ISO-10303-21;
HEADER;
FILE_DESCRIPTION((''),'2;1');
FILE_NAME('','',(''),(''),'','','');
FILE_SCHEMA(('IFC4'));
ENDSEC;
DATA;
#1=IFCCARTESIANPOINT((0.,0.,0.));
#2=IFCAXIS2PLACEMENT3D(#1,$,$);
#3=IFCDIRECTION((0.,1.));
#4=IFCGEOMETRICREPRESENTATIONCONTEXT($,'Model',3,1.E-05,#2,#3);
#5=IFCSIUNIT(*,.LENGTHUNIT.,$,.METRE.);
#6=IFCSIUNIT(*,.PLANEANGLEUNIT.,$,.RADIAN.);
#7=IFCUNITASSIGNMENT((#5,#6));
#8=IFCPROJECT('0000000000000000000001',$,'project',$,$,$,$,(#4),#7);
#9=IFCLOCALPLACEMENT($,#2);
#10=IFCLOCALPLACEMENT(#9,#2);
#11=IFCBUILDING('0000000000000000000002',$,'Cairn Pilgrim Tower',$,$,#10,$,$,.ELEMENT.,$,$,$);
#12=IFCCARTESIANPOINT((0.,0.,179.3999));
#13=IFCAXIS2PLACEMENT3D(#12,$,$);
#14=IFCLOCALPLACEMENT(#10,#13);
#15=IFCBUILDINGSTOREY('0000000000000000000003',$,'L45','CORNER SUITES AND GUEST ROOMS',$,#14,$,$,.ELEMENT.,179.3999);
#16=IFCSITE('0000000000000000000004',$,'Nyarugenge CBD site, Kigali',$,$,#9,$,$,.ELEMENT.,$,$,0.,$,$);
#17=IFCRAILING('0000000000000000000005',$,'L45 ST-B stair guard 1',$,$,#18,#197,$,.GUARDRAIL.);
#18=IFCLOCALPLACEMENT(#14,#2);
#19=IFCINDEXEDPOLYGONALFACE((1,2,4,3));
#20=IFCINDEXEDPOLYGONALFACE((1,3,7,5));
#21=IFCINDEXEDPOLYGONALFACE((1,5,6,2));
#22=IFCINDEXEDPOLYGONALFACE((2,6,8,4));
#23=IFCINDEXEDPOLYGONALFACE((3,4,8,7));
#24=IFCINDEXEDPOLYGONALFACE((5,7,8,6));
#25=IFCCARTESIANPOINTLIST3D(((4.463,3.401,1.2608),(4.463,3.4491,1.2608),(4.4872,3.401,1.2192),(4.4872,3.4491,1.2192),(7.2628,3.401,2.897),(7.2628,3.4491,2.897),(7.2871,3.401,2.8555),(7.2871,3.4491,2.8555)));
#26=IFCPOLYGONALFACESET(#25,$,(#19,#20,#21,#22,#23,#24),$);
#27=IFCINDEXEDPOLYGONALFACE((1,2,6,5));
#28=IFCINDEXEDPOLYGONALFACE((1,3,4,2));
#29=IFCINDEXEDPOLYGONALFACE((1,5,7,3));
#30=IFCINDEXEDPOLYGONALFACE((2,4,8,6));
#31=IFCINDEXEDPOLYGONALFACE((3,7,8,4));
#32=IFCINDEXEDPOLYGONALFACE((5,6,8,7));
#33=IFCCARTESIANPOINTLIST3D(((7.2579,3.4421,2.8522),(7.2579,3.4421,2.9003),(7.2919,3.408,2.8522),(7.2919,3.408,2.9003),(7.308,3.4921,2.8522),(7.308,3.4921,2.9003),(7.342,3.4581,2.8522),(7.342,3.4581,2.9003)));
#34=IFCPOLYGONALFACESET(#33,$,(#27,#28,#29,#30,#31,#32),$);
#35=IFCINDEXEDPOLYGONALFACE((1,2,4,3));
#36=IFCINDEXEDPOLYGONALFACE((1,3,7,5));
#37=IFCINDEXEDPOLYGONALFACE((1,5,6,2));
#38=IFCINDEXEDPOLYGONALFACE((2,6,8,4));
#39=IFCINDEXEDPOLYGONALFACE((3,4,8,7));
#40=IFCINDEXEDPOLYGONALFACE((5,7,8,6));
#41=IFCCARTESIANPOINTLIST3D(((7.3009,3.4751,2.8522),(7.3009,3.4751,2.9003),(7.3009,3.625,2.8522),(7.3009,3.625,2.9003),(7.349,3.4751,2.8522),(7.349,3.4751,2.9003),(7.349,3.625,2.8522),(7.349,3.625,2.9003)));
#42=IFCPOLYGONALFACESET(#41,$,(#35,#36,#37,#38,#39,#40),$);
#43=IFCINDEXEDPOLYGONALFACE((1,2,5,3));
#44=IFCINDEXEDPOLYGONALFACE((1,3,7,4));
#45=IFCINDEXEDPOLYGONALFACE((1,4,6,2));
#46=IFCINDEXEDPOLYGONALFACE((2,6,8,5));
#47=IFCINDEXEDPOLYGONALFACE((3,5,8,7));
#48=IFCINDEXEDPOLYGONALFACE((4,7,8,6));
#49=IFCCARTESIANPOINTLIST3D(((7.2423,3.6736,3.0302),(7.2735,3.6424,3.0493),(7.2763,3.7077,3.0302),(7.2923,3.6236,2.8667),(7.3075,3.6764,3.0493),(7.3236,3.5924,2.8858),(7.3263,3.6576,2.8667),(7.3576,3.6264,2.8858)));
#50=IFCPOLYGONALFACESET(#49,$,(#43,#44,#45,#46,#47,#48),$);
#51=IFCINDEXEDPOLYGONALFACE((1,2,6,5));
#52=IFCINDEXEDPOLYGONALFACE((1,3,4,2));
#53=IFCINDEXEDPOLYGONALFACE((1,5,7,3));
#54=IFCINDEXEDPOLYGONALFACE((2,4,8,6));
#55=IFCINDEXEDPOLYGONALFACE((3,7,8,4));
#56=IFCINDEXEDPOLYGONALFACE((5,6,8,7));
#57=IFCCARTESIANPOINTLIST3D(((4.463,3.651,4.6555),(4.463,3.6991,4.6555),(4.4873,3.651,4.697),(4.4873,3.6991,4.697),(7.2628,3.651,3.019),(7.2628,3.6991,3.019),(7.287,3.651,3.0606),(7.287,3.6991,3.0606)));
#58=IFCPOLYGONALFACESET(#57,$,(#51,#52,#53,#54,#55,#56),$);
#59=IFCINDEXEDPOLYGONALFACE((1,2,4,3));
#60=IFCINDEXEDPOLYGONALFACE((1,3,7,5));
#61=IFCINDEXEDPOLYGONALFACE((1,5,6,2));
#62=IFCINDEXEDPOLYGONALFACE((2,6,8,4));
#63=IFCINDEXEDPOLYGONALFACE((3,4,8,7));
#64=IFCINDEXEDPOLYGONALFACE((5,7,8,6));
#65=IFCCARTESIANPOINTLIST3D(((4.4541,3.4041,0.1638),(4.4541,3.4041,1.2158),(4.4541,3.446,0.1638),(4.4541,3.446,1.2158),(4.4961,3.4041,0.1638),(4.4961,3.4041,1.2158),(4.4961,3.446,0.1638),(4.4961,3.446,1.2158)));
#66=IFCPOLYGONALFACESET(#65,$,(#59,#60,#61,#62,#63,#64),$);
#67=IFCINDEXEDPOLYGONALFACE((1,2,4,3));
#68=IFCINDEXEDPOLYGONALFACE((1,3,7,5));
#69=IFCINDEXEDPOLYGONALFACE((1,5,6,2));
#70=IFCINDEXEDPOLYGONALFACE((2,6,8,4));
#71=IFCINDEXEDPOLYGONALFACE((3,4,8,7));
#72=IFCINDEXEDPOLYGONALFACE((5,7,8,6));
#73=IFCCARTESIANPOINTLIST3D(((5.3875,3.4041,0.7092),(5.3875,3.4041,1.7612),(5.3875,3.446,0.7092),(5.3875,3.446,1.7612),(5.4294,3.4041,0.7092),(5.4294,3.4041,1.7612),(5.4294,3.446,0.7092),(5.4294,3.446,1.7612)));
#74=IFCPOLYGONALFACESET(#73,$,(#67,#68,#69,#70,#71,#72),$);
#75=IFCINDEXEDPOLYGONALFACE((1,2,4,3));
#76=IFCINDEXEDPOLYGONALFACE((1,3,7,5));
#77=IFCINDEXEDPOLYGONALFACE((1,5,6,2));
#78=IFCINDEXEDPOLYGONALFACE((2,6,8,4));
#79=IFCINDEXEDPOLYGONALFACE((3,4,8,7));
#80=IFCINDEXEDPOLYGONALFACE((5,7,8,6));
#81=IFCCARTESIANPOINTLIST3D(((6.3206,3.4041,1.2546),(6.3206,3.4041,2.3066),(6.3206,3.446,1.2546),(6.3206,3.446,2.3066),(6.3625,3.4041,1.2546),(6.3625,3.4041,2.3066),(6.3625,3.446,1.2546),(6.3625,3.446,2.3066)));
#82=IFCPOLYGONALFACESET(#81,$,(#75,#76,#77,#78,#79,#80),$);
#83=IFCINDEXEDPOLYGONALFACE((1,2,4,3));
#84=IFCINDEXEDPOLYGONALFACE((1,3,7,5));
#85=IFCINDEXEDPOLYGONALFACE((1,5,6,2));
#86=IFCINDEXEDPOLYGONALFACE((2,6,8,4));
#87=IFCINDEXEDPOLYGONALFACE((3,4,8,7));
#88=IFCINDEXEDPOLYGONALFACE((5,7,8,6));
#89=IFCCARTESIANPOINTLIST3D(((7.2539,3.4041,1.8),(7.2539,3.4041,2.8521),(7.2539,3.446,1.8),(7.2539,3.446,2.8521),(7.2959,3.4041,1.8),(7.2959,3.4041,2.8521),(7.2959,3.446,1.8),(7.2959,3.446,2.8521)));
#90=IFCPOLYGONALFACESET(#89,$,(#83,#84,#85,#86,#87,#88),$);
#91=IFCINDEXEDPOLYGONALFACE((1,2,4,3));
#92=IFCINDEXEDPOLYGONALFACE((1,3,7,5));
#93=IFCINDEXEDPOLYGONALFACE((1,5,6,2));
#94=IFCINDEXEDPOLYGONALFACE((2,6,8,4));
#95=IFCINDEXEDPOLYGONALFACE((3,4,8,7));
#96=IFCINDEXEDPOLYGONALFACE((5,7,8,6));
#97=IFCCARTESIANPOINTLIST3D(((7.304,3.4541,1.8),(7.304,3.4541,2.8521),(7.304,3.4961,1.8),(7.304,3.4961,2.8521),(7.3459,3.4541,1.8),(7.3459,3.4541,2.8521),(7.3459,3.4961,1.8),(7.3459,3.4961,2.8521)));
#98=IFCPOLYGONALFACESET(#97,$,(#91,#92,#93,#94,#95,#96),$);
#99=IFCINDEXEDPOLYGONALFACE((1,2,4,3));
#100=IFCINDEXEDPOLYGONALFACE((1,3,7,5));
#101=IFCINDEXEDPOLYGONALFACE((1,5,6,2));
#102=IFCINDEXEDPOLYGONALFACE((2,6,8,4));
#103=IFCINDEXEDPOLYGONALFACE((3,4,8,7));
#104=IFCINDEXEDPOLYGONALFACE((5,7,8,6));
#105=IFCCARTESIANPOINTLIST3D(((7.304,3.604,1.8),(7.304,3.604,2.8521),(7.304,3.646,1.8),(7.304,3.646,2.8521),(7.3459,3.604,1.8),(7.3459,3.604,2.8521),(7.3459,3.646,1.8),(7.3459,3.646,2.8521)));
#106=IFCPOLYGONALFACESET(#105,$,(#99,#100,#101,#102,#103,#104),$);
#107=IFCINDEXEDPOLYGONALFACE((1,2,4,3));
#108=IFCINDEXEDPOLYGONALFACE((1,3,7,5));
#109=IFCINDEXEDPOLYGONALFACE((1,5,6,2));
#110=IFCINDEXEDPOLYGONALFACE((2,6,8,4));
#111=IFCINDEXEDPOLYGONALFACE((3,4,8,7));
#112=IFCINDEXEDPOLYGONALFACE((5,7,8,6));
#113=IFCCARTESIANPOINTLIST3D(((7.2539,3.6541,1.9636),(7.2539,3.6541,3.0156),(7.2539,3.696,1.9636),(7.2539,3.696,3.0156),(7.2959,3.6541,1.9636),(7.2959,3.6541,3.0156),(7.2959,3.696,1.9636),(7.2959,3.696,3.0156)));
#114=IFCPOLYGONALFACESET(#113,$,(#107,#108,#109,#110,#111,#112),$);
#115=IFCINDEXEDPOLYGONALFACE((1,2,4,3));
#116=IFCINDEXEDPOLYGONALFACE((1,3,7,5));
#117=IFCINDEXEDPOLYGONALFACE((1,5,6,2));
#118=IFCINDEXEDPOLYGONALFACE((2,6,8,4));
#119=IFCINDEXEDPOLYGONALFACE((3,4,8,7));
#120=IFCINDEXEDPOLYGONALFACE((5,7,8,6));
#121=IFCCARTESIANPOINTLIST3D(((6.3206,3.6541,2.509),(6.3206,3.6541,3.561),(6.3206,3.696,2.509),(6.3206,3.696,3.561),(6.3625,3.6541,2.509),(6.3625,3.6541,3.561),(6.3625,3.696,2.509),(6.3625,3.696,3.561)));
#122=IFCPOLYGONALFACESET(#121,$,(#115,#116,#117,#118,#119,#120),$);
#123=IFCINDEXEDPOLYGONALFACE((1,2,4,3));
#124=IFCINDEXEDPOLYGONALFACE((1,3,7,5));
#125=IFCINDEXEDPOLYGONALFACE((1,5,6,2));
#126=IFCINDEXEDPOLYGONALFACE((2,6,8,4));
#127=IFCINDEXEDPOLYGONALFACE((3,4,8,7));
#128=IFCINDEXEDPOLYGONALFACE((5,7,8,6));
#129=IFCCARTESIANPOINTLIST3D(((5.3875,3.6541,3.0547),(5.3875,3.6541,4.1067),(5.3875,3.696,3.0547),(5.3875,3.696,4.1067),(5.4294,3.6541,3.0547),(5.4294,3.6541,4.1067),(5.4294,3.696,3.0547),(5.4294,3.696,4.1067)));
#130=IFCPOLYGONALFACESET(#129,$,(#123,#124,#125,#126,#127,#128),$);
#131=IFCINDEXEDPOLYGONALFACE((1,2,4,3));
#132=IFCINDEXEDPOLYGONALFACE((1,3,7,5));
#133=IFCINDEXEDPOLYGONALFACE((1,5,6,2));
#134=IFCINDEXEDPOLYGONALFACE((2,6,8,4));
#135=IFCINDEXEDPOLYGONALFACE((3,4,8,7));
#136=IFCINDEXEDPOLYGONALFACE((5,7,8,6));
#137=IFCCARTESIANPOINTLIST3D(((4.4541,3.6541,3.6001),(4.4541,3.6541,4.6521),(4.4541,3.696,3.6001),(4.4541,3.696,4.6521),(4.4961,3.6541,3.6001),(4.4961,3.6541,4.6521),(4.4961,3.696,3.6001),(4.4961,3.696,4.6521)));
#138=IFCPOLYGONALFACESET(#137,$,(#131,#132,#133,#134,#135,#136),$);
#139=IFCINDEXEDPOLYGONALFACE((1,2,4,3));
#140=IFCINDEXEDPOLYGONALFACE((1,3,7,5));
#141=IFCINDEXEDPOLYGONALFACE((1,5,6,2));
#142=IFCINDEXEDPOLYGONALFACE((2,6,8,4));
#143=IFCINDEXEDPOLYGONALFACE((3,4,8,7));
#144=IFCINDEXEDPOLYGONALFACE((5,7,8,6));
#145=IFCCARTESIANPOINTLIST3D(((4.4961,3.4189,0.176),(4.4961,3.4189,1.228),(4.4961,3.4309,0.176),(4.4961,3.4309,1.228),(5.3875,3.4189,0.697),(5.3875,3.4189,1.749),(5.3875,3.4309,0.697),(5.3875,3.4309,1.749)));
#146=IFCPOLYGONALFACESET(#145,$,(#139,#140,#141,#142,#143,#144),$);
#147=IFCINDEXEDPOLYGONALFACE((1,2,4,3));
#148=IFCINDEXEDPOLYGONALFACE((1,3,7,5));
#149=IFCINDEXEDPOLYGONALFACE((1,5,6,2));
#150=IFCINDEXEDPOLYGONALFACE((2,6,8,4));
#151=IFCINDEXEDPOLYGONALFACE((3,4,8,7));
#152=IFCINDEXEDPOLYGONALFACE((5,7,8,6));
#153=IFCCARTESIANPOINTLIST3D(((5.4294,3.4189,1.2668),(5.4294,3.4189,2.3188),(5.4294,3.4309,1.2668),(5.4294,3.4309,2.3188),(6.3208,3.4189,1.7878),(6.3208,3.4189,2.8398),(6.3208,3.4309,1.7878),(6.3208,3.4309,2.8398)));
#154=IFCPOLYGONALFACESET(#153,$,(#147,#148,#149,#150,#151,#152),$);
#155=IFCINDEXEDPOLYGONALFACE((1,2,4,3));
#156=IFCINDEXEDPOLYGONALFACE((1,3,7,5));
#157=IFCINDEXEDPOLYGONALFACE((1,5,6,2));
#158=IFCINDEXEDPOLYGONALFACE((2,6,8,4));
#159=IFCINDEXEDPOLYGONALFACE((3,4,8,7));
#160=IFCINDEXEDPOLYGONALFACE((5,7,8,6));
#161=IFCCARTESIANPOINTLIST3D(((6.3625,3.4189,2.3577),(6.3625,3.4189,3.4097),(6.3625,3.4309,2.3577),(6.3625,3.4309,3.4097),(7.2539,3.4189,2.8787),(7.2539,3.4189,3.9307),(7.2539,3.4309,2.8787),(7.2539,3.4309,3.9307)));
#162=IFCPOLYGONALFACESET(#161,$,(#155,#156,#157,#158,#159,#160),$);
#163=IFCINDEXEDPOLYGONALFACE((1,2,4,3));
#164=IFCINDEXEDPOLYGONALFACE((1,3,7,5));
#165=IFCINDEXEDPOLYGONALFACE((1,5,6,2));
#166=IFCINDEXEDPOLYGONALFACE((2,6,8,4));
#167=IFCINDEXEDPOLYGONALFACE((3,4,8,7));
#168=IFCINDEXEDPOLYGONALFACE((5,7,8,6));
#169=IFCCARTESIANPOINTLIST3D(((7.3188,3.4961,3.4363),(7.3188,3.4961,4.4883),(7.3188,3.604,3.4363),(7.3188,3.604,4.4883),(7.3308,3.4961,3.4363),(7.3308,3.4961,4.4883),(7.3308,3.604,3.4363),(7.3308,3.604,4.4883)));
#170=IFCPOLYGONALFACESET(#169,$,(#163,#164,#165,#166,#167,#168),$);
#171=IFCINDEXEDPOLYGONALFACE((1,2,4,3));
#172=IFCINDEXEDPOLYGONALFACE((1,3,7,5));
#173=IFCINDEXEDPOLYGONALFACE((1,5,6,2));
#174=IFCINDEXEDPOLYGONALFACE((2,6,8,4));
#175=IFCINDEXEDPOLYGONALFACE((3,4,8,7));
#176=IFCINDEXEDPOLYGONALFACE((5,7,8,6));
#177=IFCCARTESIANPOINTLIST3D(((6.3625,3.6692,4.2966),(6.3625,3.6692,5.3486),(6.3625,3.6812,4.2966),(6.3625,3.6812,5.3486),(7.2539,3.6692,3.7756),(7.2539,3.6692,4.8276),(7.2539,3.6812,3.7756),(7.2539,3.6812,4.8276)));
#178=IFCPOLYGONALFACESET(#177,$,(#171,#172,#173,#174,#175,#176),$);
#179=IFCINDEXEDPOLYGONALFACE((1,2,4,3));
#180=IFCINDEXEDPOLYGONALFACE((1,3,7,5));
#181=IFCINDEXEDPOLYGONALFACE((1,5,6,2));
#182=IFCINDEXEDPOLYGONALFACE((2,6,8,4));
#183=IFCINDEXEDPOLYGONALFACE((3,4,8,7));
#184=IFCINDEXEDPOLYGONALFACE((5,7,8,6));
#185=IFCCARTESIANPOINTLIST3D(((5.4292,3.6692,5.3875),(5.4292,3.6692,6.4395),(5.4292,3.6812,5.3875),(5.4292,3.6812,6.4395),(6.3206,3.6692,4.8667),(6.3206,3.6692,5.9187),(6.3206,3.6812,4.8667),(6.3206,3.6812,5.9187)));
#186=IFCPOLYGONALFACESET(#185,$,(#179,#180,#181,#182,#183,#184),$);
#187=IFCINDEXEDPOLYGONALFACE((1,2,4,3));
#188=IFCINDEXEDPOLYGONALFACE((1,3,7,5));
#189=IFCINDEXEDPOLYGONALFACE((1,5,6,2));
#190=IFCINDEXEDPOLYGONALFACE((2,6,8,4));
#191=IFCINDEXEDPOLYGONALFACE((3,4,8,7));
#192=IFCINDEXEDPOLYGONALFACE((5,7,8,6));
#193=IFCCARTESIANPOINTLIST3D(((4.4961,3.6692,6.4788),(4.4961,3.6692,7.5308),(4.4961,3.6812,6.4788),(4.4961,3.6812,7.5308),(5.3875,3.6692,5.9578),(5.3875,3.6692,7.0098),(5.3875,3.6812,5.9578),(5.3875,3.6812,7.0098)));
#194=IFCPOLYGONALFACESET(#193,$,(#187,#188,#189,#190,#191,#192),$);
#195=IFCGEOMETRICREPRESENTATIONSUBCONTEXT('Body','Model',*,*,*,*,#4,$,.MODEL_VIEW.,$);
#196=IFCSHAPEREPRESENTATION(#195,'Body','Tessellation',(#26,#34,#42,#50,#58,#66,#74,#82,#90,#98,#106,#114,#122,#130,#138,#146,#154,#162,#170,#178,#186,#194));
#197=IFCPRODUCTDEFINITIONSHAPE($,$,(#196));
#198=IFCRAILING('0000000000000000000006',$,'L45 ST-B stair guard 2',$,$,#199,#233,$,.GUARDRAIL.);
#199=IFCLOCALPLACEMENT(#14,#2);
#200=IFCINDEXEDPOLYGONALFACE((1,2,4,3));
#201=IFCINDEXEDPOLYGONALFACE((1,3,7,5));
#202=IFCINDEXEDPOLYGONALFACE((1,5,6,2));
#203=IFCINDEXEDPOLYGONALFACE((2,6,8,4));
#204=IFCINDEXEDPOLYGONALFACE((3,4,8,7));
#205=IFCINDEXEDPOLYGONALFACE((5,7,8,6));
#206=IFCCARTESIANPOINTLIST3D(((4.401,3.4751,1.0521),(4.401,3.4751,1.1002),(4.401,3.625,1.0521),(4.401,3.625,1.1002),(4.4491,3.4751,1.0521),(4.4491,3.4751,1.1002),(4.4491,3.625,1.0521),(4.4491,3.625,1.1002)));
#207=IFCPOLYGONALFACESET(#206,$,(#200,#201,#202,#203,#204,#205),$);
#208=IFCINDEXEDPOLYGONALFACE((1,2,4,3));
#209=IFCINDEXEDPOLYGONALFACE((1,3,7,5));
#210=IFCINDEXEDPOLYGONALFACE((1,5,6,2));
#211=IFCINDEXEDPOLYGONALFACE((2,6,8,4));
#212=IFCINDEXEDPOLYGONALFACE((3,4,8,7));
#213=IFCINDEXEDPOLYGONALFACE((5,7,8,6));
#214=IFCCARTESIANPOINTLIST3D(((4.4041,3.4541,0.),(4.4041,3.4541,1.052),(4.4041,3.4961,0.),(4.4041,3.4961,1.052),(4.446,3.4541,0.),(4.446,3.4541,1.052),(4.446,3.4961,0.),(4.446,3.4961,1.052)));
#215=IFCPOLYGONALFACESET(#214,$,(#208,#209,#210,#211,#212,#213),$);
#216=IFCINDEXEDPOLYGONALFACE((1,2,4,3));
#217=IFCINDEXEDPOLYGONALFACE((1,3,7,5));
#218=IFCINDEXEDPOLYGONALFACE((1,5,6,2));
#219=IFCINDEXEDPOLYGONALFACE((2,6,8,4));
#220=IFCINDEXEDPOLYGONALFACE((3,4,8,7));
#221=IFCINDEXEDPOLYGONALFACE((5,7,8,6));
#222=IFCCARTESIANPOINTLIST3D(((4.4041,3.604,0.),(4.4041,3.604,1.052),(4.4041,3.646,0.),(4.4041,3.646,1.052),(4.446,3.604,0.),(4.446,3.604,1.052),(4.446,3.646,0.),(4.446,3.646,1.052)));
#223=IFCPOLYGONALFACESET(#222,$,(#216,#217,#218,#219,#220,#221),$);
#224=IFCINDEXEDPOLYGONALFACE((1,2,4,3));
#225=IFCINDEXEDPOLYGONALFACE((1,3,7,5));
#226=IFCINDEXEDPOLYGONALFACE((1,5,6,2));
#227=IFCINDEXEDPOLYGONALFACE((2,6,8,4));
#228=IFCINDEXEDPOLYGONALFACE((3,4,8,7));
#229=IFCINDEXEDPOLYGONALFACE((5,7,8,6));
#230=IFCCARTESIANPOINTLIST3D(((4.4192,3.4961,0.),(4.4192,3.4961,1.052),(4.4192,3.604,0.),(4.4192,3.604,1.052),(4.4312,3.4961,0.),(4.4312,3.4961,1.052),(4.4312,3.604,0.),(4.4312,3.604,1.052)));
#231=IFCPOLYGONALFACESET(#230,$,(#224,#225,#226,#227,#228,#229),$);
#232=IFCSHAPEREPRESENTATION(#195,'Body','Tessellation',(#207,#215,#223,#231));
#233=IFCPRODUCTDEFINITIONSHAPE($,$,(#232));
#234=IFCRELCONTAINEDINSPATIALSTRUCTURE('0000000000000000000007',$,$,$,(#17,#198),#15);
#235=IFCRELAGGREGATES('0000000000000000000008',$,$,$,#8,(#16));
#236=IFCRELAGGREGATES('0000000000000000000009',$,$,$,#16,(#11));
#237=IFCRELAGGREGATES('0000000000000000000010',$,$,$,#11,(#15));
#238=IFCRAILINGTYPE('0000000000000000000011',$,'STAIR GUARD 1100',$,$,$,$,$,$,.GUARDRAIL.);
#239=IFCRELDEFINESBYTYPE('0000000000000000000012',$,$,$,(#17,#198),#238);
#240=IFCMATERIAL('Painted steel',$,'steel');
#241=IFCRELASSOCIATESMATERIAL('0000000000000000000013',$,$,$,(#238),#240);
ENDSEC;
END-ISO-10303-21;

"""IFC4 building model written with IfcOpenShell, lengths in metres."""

from ifc_helpers import new_model, si_unit, direction, frame, origin, origin_2d, place, context, subcontext, project, spatial, polyline, rectangle, outline, extrude, material, type_object, element, save


model = new_model("IFC4")

# Units and contexts
model_context = context("Model", 3, precision=1e-05, world=origin(), true_north=direction((0.0, 1.0)))
body_context = subcontext(model_context, "Body", "Model", "MODEL_VIEW")
ifc_project = project(units=[si_unit("LENGTHUNIT", "METRE"), si_unit("PLANEANGLEUNIT", "RADIAN")], contexts=[model_context])

# Site, building, storey
site_placement = place(None, origin())
site = spatial("IfcSite", under=ifc_project, at=site_placement, Name="Nyarugenge CBD site, Kigali", CompositionType="ELEMENT", RefElevation=0.0)
building_placement = place(site_placement, origin())
building = spatial("IfcBuilding", under=site, at=building_placement, Name="Cairn Pilgrim Tower", CompositionType="ELEMENT")
storey_placement = place(building_placement, frame((0.0, 0.0, 179.3999)))
storey = spatial("IfcBuildingStorey", under=building, at=storey_placement, Name="L45", Description="CORNER SUITES AND GUEST ROOMS", CompositionType="ELEMENT", Elevation=179.3999)

# Shared definitions
ifc_material_1 = material(Name="Painted steel", Category="steel")

# Railings
railing_type = type_object("IfcRailingType", Name="STAIR GUARD 1100", PredefinedType="GUARDRAIL", material=ifc_material_1)
railing_1_placement = place(storey_placement, frame((4.4751, 3.425, 0.1638)))
element("IfcRailing", 1, at=railing_1_placement, inside=storey, type_object=railing_type, Name="L45 ST-B stair guard 1", PredefinedType="GUARDRAIL", context=body_context, shape_type="SweptSolid", body=[
    extrude(rectangle(XDim=0.0481, YDim=0.0481, at=origin_2d()), frame((0.0, 0.0, 1.0762), z_axis=(0.863374, 0.0, 0.504564), x_axis=(0.0, 1.0, 0.0)), (0.0, 0.0, 1.0), 3.2429),
    extrude(rectangle(XDim=0.0481, YDim=0.0481, at=origin_2d()), frame((2.7998, 0.0, 2.7124), z_axis=(0.707107, 0.707107, 0.0), x_axis=(-0.707107, 0.707107, 0.0)), (0.0, 0.0, 1.0), 0.0708),
    extrude(rectangle(XDim=0.0481, YDim=0.0481, at=origin_2d()), frame((2.8499, 0.05, 2.7124), z_axis=(0.0, 1.0, 0.0), x_axis=(-1.0, 0.0, 0.0)), (0.0, 0.0, 1.0), 0.1499),
    extrude(rectangle(XDim=0.0481, YDim=0.0481, at=origin_2d()), frame((2.8499, 0.2, 2.7124), z_axis=(-0.280809, 0.280809, 0.917765), x_axis=(-0.707107, -0.707107, 0.0)), (0.0, 0.0, 1.0), 0.1782),
    extrude(rectangle(XDim=0.0481, YDim=0.0481, at=origin_2d()), frame((2.7998, 0.25, 2.876), z_axis=(-0.863342, 0.0, 0.50462), x_axis=(0.0, -1.0, 0.0)), (0.0, 0.0, 1.0), 3.2429),
    extrude(rectangle(XDim=0.042, YDim=0.042, at=origin_2d()), origin(), (0.0, 0.0, 1.0), 1.052),
    extrude(rectangle(XDim=0.042, YDim=0.042, at=origin_2d()), frame((0.9333, 0.0, 0.5454)), (0.0, 0.0, 1.0), 1.052),
    extrude(rectangle(XDim=0.042, YDim=0.042, at=origin_2d()), frame((1.8665, 0.0, 1.0908)), (0.0, 0.0, 1.0), 1.052),
    extrude(rectangle(XDim=0.042, YDim=0.042, at=origin_2d()), frame((2.7998, 0.0, 1.6362)), (0.0, 0.0, 1.0), 1.052),
    extrude(rectangle(XDim=0.042, YDim=0.042, at=origin_2d()), frame((2.8499, 0.05, 1.6362)), (0.0, 0.0, 1.0), 1.052),
    extrude(rectangle(XDim=0.042, YDim=0.042, at=origin_2d()), frame((2.8499, 0.2, 1.6362)), (0.0, 0.0, 1.0), 1.052),
    extrude(rectangle(XDim=0.042, YDim=0.042, at=origin_2d()), frame((2.7998, 0.25, 1.7998)), (0.0, 0.0, 1.0), 1.052),
    extrude(rectangle(XDim=0.042, YDim=0.042, at=origin_2d()), frame((1.8665, 0.25, 2.3452)), (0.0, 0.0, 1.0), 1.052),
    extrude(rectangle(XDim=0.042, YDim=0.042, at=origin_2d()), frame((0.9333, 0.25, 2.8909)), (0.0, 0.0, 1.0), 1.052),
    extrude(rectangle(XDim=0.042, YDim=0.042, at=origin_2d()), frame((0.0, 0.25, 3.4363)), (0.0, 0.0, 1.0), 1.052),
    extrude(outline(polyline([(0.021, 0.0122), (0.9124, 0.5332), (0.9124, 1.5852), (0.021, 1.0642), (0.021, 0.0122)])), frame((0.0, 0.0059, 0.0), z_axis=(0.0, -1.0, 0.0), x_axis=(1.0, 0.0, 0.0)), (0.0, 0.0, 1.0), 0.012),
    extrude(outline(polyline([(0.021, 0.5576), (0.9124, 1.0786), (0.9124, 2.1306), (0.021, 1.6096), (0.021, 0.5576)])), frame((0.9333, 0.0059, 0.5454), z_axis=(0.0, -1.0, 0.0), x_axis=(1.0, 0.0, 0.0)), (0.0, 0.0, 1.0), 0.012),
    extrude(outline(polyline([(0.021, 1.103), (0.9124, 1.624), (0.9124, 2.676), (0.021, 2.155), (0.021, 1.103)])), frame((1.8665, 0.0059, 1.0908), z_axis=(0.0, -1.0, 0.0), x_axis=(1.0, 0.0, 0.0)), (0.0, 0.0, 1.0), 0.012),
    extrude(outline(polyline([(0.021, 1.6362), (0.1289, 1.6362), (0.1289, 2.6882), (0.021, 2.6882), (0.021, 1.6362)])), frame((2.8438, 0.05, 1.6362), z_axis=(1.0, 0.0, 0.0), x_axis=(0.0, 1.0, 0.0)), (0.0, 0.0, 1.0), 0.012),
    extrude(outline(polyline([(0.021, 1.812), (0.9124, 2.333), (0.9124, 3.385), (0.021, 2.864), (0.021, 1.812)])), frame((2.7998, 0.2441, 1.7998), z_axis=(0.0, 1.0, 0.0), x_axis=(-1.0, 0.0, 0.0)), (0.0, 0.0, 1.0), 0.012),
    extrude(outline(polyline([(0.021, 2.3577), (0.9124, 2.8784), (0.9124, 3.9304), (0.021, 3.4097), (0.021, 2.3577)])), frame((1.8665, 0.2441, 2.3452), z_axis=(0.0, 1.0, 0.0), x_axis=(-1.0, 0.0, 0.0)), (0.0, 0.0, 1.0), 0.012),
    extrude(outline(polyline([(0.021, 2.9031), (0.9124, 3.4241), (0.9124, 4.4761), (0.021, 3.9551), (0.021, 2.9031)])), frame((0.9333, 0.2441, 2.8909), z_axis=(0.0, 1.0, 0.0), x_axis=(-1.0, 0.0, 0.0)), (0.0, 0.0, 1.0), 0.012),
])
railing_2_placement = place(storey_placement, frame((4.425, 3.4751, 0.0)))
element("IfcRailing", 2, at=railing_2_placement, inside=storey, type_object=railing_type, Name="L45 ST-B stair guard 2", PredefinedType="GUARDRAIL", context=body_context, shape_type="SweptSolid", body=[
    extrude(rectangle(XDim=0.0481, YDim=0.0481, at=origin_2d()), frame((0.0, 0.0, 1.0762), z_axis=(0.0, 1.0, 0.0), x_axis=(-1.0, 0.0, 0.0)), (0.0, 0.0, 1.0), 0.1499),
    extrude(rectangle(XDim=0.042, YDim=0.042, at=origin_2d()), origin(), (0.0, 0.0, 1.0), 1.052),
    extrude(rectangle(XDim=0.042, YDim=0.042, at=origin_2d()), frame((0.0, 0.1499, 0.0)), (0.0, 0.0, 1.0), 1.052),
    extrude(outline(polyline([(0.021, 0.0), (0.1289, 0.0), (0.1289, 1.052), (0.021, 1.052), (0.021, 0.0)])), frame((-0.0059, 0.0, 0.0), z_axis=(1.0, 0.0, 0.0), x_axis=(0.0, 1.0, 0.0)), (0.0, 0.0, 1.0), 0.012),
])

save(model, "model.ifc")
